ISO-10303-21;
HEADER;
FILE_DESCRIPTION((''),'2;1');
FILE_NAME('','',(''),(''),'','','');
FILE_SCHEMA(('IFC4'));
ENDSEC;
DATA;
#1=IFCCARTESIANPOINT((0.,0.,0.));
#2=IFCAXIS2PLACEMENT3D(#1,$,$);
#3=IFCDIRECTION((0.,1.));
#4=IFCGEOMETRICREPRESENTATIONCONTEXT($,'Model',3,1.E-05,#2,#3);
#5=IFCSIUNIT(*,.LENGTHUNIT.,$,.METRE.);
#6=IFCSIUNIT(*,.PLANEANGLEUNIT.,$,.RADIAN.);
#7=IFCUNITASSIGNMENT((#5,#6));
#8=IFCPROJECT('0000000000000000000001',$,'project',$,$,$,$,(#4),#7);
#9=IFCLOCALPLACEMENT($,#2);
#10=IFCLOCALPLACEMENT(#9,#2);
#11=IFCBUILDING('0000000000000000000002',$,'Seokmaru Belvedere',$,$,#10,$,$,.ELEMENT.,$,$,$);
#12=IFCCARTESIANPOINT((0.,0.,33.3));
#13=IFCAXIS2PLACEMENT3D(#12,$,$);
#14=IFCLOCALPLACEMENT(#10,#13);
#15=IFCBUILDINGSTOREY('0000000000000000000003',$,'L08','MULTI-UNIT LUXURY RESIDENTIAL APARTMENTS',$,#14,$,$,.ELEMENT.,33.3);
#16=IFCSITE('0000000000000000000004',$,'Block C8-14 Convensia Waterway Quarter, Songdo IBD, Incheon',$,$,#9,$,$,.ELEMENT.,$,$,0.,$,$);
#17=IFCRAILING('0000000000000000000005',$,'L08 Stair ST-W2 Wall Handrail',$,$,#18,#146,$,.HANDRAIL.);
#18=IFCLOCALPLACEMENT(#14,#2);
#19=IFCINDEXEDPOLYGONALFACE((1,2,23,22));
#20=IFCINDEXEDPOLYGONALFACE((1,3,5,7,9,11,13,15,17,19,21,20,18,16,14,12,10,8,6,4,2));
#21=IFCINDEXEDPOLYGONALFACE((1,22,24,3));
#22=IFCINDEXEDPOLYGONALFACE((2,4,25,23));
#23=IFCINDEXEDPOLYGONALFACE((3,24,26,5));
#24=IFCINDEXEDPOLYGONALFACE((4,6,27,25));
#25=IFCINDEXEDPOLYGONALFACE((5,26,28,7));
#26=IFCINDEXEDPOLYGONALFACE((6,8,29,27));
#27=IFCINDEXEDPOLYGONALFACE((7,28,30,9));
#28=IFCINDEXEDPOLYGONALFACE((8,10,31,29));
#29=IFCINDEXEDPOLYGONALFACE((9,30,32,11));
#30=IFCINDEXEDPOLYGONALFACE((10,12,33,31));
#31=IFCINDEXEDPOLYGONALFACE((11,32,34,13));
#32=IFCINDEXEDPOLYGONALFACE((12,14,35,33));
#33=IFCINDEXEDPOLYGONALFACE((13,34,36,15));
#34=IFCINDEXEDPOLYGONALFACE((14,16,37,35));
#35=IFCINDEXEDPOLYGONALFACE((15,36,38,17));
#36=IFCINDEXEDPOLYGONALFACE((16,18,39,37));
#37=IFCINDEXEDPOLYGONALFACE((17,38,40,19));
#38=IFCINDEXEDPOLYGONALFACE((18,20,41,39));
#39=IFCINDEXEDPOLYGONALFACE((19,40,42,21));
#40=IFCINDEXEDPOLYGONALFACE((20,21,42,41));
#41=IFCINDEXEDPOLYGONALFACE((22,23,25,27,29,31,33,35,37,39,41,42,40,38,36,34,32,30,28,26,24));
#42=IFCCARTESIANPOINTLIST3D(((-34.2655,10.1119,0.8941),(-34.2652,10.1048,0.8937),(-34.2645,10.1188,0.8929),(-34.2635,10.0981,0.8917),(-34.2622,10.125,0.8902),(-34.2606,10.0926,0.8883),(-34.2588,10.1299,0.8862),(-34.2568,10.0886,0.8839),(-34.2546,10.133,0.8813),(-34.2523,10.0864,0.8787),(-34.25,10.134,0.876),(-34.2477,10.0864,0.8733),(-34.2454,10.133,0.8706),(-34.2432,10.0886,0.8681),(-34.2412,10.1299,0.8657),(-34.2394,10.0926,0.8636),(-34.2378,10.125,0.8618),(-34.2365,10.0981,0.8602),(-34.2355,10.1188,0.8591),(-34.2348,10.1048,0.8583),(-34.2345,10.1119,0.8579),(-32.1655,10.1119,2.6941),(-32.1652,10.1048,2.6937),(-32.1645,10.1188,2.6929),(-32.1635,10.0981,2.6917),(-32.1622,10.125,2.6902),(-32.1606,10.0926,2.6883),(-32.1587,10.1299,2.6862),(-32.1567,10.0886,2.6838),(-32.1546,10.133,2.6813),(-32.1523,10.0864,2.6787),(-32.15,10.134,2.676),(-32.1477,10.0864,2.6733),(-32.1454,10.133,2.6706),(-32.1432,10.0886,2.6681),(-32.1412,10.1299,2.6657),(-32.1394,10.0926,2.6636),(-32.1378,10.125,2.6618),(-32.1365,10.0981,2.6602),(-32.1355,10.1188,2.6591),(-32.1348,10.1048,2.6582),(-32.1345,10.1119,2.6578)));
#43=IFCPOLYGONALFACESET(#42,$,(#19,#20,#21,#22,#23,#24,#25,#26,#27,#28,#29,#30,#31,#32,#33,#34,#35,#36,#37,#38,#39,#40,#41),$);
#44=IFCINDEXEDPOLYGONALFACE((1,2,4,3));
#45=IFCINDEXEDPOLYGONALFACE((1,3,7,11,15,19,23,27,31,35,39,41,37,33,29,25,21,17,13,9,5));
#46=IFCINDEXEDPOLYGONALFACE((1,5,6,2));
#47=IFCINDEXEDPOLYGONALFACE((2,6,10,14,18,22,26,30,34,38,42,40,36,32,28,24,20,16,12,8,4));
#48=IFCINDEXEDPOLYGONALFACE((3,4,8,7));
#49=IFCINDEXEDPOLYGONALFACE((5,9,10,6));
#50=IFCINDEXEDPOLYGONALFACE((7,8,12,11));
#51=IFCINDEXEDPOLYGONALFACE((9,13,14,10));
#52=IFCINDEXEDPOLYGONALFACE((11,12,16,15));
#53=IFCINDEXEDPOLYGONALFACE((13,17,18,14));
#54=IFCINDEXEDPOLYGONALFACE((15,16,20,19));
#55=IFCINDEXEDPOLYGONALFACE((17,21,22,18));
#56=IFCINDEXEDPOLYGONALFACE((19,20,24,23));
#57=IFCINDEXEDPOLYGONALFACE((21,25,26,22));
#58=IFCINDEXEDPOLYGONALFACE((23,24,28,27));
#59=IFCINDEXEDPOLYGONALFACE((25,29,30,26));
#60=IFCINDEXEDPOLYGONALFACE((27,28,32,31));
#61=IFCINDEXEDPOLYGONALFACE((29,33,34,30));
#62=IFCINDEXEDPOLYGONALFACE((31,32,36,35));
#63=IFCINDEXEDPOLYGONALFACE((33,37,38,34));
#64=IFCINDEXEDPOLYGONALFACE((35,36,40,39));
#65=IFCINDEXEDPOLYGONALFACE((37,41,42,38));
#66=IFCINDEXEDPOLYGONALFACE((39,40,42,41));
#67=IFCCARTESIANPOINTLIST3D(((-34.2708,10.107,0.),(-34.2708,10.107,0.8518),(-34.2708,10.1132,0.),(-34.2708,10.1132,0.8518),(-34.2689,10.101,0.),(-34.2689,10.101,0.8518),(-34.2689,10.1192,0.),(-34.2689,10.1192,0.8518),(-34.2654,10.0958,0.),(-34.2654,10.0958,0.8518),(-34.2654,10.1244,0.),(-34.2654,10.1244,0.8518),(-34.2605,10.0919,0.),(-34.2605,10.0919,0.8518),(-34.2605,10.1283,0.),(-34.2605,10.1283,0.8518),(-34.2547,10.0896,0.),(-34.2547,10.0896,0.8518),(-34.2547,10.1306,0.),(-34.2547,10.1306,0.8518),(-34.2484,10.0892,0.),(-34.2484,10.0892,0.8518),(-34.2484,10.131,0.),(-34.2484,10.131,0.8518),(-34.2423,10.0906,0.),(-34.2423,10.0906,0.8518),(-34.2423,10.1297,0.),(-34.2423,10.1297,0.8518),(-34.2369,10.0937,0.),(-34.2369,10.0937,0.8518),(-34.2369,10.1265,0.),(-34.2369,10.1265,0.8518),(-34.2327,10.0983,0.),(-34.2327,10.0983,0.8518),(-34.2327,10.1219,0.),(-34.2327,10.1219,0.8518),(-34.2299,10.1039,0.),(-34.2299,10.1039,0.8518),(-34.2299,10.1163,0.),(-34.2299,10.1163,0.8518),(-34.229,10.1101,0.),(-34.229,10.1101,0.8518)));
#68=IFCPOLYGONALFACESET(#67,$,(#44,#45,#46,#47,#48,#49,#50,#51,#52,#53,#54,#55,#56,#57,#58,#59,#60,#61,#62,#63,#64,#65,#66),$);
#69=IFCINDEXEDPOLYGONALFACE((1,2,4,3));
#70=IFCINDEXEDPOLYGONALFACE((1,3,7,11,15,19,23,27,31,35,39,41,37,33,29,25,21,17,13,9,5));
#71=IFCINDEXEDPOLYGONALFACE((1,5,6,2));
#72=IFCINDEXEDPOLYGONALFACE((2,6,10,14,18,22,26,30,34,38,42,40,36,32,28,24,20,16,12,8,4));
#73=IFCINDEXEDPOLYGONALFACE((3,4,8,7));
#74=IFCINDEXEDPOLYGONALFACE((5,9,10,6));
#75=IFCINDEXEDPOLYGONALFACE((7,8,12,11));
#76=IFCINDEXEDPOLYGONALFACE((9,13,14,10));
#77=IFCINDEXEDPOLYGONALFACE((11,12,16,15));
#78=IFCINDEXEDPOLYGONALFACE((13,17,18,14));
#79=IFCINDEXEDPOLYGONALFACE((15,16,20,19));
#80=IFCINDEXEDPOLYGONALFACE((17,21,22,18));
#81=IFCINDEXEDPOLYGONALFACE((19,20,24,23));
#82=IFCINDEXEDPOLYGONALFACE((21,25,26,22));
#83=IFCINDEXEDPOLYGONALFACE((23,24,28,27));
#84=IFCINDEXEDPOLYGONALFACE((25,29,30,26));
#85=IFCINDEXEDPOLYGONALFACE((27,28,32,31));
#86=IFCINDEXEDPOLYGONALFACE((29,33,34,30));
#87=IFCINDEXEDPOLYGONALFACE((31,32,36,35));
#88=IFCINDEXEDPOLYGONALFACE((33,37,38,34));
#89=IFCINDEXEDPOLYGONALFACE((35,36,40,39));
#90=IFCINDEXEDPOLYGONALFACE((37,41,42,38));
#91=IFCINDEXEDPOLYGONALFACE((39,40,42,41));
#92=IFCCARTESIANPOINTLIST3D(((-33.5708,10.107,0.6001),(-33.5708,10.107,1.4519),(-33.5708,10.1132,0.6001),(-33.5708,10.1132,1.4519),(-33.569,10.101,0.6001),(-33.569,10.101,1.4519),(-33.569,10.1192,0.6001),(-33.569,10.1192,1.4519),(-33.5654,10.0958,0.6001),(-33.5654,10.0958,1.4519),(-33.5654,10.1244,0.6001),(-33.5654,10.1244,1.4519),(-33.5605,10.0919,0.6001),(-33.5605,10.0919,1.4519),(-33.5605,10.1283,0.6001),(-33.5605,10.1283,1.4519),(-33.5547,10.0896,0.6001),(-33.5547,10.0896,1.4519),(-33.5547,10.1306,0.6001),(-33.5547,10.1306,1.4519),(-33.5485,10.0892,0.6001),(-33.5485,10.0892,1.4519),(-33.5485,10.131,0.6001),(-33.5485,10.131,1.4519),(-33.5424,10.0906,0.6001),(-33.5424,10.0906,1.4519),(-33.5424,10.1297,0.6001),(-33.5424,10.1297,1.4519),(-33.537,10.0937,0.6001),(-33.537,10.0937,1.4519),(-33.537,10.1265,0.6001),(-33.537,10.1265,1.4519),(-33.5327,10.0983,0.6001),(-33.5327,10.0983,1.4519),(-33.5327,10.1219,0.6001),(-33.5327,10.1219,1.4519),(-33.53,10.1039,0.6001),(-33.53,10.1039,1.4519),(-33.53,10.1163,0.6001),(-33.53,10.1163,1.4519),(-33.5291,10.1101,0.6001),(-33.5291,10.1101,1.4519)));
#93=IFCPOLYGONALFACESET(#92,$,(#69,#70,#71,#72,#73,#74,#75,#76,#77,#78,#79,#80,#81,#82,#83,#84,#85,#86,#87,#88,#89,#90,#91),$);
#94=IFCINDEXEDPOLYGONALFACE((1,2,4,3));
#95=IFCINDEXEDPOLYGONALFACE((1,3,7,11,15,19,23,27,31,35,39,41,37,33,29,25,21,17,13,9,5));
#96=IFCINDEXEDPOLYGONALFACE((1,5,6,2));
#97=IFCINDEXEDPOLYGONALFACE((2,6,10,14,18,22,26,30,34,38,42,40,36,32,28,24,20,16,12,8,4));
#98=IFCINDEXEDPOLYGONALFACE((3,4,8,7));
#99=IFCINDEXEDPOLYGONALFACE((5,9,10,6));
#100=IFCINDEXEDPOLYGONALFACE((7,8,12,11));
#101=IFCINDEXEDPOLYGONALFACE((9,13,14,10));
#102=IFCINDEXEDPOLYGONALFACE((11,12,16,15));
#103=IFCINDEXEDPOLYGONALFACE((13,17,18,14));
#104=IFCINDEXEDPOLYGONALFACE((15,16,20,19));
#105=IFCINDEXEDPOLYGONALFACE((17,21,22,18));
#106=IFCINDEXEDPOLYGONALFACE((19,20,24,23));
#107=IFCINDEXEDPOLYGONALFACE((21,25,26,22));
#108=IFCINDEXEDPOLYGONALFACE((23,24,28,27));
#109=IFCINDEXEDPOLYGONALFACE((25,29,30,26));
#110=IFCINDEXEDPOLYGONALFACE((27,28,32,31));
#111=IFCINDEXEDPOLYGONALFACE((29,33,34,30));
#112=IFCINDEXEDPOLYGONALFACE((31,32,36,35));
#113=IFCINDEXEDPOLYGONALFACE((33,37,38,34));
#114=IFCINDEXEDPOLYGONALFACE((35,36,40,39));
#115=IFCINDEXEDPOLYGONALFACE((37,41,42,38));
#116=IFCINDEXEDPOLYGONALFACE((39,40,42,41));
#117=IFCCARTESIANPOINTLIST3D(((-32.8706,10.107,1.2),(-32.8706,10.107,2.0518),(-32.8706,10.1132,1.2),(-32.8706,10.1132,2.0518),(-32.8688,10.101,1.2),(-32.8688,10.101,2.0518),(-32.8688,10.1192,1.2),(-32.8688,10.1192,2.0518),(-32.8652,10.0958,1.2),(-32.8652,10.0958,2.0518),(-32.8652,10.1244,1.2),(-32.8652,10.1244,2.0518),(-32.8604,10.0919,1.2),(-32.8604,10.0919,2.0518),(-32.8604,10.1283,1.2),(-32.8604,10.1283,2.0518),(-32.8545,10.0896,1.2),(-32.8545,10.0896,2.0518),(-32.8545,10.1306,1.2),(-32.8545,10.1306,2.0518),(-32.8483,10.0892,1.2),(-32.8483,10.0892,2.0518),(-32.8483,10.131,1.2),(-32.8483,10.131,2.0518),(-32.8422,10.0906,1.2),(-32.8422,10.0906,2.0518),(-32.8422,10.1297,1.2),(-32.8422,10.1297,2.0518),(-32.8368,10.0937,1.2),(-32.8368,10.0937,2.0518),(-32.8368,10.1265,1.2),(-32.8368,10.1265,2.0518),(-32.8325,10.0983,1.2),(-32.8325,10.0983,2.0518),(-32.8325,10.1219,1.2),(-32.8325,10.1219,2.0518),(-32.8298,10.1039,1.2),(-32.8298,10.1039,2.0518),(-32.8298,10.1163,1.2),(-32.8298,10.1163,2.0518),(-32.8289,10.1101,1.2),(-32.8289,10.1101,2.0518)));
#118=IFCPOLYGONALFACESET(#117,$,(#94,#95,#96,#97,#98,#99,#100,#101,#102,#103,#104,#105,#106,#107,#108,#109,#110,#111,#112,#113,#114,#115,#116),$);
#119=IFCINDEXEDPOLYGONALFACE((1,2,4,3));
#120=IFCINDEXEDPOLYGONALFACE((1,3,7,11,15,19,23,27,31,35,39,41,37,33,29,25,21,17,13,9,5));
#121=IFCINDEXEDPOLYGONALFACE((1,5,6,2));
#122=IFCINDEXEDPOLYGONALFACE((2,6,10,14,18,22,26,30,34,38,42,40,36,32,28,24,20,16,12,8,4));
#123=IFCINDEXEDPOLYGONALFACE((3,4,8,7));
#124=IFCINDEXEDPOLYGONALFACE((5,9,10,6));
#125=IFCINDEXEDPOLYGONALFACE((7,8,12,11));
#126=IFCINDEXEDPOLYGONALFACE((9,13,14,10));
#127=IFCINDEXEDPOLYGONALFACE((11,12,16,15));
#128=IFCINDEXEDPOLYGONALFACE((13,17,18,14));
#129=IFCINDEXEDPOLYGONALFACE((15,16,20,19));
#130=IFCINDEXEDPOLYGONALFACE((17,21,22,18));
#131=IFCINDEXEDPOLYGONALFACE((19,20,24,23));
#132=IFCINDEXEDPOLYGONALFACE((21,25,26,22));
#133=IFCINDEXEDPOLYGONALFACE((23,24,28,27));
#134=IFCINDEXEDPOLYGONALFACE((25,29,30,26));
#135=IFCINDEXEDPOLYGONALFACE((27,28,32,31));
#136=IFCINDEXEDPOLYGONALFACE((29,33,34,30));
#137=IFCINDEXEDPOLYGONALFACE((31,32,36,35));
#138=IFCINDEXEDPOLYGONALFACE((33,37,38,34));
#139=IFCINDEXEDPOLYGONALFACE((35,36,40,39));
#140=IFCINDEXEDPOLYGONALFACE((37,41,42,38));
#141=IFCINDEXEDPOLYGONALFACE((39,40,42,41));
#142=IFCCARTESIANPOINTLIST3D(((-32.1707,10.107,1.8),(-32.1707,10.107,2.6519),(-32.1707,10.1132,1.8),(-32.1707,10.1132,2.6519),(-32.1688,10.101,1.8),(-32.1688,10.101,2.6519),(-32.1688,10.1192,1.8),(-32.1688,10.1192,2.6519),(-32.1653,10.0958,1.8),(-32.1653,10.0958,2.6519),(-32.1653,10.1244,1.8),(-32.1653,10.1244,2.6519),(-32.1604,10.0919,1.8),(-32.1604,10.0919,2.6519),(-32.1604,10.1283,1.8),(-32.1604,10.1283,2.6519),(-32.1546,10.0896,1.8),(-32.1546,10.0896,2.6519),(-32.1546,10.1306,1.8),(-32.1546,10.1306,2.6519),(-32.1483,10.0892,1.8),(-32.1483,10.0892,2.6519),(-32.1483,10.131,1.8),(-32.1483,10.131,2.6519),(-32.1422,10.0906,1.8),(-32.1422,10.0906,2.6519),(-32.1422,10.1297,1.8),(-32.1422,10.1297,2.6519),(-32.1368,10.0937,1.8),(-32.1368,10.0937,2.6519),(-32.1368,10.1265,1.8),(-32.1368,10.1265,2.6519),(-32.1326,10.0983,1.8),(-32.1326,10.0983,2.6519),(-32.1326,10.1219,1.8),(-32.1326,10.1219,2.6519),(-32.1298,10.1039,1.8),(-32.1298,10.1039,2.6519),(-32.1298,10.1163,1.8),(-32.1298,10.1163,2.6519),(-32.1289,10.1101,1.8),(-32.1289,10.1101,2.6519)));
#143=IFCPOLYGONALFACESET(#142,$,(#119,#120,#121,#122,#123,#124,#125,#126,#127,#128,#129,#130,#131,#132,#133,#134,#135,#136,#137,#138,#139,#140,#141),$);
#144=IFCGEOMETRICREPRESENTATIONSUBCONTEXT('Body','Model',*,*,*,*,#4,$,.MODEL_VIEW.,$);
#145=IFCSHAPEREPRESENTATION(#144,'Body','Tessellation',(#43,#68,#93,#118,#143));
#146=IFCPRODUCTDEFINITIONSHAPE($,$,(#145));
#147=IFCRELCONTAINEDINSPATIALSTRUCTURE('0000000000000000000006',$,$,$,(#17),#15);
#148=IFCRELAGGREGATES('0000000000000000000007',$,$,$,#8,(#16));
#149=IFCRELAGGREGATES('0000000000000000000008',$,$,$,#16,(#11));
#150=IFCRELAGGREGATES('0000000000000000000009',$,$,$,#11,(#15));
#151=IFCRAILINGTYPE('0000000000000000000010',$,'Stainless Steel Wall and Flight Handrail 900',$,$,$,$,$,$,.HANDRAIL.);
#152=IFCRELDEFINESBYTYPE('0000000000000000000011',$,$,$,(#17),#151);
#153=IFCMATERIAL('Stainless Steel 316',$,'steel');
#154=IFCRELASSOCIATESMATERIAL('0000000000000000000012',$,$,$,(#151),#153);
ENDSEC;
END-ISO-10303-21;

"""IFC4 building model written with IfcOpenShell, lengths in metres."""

from ifc_helpers import new_model, si_unit, direction, frame, origin, origin_2d, place, context, subcontext, project, spatial, circle, extrude, material, type_object, element, save


model = new_model("IFC4")

# Units and contexts
model_context = context("Model", 3, precision=1e-05, world=origin(), true_north=direction((0.0, 1.0)))
body_context = subcontext(model_context, "Body", "Model", "MODEL_VIEW")
ifc_project = project(units=[si_unit("LENGTHUNIT", "METRE"), si_unit("PLANEANGLEUNIT", "RADIAN")], contexts=[model_context])

# Site, building, storey
site_placement = place(None, origin())
site = spatial("IfcSite", under=ifc_project, at=site_placement, Name="Block C8-14 Convensia Waterway Quarter, Songdo IBD, Incheon", CompositionType="ELEMENT", RefElevation=0.0)
building_placement = place(site_placement, origin())
building = spatial("IfcBuilding", under=site, at=building_placement, Name="Seokmaru Belvedere", CompositionType="ELEMENT")
storey_placement = place(building_placement, frame((0.0, 0.0, 33.3)))
storey = spatial("IfcBuildingStorey", under=building, at=storey_placement, Name="L08", Description="MULTI-UNIT LUXURY RESIDENTIAL APARTMENTS", CompositionType="ELEMENT", Elevation=33.3)

# Railing
ifc_material_1 = material(Name="Stainless Steel 316", Category="steel")
railing_type_1 = type_object("IfcRailingType", Name="Stainless Steel Wall and Flight Handrail 900", PredefinedType="HANDRAIL", material=ifc_material_1)
railing_1_placement = place(storey_placement, frame((-34.25, 10.1101, 0.0)))
element("IfcRailing", 1, at=railing_1_placement, inside=storey, type_object=railing_type_1, Name="L08 Stair ST-W2 Wall Handrail", PredefinedType="HANDRAIL", context=body_context, shape_type="SweptSolid", body=[
    extrude(circle(Radius=0.0239, at=origin_2d()), frame((0.0, 0.0, 0.876), z_axis=(0.759263, 0.0, 0.650784), x_axis=(0.0, 1.0, 0.0)), (0.0, 0.0, 1.0), 2.7659),
    extrude(circle(Radius=0.021, at=origin_2d()), origin(), (0.0, 0.0, 1.0), 0.8518),
    extrude(circle(Radius=0.021, at=origin_2d()), frame((0.7, 0.0, 0.6001)), (0.0, 0.0, 1.0), 0.8518),
    extrude(circle(Radius=0.021, at=origin_2d()), frame((1.4001, 0.0, 1.2)), (0.0, 0.0, 1.0), 0.8518),
    extrude(circle(Radius=0.021, at=origin_2d()), frame((2.1001, 0.0, 1.8)), (0.0, 0.0, 1.0), 0.8518),
])

save(model, "model.ifc")
